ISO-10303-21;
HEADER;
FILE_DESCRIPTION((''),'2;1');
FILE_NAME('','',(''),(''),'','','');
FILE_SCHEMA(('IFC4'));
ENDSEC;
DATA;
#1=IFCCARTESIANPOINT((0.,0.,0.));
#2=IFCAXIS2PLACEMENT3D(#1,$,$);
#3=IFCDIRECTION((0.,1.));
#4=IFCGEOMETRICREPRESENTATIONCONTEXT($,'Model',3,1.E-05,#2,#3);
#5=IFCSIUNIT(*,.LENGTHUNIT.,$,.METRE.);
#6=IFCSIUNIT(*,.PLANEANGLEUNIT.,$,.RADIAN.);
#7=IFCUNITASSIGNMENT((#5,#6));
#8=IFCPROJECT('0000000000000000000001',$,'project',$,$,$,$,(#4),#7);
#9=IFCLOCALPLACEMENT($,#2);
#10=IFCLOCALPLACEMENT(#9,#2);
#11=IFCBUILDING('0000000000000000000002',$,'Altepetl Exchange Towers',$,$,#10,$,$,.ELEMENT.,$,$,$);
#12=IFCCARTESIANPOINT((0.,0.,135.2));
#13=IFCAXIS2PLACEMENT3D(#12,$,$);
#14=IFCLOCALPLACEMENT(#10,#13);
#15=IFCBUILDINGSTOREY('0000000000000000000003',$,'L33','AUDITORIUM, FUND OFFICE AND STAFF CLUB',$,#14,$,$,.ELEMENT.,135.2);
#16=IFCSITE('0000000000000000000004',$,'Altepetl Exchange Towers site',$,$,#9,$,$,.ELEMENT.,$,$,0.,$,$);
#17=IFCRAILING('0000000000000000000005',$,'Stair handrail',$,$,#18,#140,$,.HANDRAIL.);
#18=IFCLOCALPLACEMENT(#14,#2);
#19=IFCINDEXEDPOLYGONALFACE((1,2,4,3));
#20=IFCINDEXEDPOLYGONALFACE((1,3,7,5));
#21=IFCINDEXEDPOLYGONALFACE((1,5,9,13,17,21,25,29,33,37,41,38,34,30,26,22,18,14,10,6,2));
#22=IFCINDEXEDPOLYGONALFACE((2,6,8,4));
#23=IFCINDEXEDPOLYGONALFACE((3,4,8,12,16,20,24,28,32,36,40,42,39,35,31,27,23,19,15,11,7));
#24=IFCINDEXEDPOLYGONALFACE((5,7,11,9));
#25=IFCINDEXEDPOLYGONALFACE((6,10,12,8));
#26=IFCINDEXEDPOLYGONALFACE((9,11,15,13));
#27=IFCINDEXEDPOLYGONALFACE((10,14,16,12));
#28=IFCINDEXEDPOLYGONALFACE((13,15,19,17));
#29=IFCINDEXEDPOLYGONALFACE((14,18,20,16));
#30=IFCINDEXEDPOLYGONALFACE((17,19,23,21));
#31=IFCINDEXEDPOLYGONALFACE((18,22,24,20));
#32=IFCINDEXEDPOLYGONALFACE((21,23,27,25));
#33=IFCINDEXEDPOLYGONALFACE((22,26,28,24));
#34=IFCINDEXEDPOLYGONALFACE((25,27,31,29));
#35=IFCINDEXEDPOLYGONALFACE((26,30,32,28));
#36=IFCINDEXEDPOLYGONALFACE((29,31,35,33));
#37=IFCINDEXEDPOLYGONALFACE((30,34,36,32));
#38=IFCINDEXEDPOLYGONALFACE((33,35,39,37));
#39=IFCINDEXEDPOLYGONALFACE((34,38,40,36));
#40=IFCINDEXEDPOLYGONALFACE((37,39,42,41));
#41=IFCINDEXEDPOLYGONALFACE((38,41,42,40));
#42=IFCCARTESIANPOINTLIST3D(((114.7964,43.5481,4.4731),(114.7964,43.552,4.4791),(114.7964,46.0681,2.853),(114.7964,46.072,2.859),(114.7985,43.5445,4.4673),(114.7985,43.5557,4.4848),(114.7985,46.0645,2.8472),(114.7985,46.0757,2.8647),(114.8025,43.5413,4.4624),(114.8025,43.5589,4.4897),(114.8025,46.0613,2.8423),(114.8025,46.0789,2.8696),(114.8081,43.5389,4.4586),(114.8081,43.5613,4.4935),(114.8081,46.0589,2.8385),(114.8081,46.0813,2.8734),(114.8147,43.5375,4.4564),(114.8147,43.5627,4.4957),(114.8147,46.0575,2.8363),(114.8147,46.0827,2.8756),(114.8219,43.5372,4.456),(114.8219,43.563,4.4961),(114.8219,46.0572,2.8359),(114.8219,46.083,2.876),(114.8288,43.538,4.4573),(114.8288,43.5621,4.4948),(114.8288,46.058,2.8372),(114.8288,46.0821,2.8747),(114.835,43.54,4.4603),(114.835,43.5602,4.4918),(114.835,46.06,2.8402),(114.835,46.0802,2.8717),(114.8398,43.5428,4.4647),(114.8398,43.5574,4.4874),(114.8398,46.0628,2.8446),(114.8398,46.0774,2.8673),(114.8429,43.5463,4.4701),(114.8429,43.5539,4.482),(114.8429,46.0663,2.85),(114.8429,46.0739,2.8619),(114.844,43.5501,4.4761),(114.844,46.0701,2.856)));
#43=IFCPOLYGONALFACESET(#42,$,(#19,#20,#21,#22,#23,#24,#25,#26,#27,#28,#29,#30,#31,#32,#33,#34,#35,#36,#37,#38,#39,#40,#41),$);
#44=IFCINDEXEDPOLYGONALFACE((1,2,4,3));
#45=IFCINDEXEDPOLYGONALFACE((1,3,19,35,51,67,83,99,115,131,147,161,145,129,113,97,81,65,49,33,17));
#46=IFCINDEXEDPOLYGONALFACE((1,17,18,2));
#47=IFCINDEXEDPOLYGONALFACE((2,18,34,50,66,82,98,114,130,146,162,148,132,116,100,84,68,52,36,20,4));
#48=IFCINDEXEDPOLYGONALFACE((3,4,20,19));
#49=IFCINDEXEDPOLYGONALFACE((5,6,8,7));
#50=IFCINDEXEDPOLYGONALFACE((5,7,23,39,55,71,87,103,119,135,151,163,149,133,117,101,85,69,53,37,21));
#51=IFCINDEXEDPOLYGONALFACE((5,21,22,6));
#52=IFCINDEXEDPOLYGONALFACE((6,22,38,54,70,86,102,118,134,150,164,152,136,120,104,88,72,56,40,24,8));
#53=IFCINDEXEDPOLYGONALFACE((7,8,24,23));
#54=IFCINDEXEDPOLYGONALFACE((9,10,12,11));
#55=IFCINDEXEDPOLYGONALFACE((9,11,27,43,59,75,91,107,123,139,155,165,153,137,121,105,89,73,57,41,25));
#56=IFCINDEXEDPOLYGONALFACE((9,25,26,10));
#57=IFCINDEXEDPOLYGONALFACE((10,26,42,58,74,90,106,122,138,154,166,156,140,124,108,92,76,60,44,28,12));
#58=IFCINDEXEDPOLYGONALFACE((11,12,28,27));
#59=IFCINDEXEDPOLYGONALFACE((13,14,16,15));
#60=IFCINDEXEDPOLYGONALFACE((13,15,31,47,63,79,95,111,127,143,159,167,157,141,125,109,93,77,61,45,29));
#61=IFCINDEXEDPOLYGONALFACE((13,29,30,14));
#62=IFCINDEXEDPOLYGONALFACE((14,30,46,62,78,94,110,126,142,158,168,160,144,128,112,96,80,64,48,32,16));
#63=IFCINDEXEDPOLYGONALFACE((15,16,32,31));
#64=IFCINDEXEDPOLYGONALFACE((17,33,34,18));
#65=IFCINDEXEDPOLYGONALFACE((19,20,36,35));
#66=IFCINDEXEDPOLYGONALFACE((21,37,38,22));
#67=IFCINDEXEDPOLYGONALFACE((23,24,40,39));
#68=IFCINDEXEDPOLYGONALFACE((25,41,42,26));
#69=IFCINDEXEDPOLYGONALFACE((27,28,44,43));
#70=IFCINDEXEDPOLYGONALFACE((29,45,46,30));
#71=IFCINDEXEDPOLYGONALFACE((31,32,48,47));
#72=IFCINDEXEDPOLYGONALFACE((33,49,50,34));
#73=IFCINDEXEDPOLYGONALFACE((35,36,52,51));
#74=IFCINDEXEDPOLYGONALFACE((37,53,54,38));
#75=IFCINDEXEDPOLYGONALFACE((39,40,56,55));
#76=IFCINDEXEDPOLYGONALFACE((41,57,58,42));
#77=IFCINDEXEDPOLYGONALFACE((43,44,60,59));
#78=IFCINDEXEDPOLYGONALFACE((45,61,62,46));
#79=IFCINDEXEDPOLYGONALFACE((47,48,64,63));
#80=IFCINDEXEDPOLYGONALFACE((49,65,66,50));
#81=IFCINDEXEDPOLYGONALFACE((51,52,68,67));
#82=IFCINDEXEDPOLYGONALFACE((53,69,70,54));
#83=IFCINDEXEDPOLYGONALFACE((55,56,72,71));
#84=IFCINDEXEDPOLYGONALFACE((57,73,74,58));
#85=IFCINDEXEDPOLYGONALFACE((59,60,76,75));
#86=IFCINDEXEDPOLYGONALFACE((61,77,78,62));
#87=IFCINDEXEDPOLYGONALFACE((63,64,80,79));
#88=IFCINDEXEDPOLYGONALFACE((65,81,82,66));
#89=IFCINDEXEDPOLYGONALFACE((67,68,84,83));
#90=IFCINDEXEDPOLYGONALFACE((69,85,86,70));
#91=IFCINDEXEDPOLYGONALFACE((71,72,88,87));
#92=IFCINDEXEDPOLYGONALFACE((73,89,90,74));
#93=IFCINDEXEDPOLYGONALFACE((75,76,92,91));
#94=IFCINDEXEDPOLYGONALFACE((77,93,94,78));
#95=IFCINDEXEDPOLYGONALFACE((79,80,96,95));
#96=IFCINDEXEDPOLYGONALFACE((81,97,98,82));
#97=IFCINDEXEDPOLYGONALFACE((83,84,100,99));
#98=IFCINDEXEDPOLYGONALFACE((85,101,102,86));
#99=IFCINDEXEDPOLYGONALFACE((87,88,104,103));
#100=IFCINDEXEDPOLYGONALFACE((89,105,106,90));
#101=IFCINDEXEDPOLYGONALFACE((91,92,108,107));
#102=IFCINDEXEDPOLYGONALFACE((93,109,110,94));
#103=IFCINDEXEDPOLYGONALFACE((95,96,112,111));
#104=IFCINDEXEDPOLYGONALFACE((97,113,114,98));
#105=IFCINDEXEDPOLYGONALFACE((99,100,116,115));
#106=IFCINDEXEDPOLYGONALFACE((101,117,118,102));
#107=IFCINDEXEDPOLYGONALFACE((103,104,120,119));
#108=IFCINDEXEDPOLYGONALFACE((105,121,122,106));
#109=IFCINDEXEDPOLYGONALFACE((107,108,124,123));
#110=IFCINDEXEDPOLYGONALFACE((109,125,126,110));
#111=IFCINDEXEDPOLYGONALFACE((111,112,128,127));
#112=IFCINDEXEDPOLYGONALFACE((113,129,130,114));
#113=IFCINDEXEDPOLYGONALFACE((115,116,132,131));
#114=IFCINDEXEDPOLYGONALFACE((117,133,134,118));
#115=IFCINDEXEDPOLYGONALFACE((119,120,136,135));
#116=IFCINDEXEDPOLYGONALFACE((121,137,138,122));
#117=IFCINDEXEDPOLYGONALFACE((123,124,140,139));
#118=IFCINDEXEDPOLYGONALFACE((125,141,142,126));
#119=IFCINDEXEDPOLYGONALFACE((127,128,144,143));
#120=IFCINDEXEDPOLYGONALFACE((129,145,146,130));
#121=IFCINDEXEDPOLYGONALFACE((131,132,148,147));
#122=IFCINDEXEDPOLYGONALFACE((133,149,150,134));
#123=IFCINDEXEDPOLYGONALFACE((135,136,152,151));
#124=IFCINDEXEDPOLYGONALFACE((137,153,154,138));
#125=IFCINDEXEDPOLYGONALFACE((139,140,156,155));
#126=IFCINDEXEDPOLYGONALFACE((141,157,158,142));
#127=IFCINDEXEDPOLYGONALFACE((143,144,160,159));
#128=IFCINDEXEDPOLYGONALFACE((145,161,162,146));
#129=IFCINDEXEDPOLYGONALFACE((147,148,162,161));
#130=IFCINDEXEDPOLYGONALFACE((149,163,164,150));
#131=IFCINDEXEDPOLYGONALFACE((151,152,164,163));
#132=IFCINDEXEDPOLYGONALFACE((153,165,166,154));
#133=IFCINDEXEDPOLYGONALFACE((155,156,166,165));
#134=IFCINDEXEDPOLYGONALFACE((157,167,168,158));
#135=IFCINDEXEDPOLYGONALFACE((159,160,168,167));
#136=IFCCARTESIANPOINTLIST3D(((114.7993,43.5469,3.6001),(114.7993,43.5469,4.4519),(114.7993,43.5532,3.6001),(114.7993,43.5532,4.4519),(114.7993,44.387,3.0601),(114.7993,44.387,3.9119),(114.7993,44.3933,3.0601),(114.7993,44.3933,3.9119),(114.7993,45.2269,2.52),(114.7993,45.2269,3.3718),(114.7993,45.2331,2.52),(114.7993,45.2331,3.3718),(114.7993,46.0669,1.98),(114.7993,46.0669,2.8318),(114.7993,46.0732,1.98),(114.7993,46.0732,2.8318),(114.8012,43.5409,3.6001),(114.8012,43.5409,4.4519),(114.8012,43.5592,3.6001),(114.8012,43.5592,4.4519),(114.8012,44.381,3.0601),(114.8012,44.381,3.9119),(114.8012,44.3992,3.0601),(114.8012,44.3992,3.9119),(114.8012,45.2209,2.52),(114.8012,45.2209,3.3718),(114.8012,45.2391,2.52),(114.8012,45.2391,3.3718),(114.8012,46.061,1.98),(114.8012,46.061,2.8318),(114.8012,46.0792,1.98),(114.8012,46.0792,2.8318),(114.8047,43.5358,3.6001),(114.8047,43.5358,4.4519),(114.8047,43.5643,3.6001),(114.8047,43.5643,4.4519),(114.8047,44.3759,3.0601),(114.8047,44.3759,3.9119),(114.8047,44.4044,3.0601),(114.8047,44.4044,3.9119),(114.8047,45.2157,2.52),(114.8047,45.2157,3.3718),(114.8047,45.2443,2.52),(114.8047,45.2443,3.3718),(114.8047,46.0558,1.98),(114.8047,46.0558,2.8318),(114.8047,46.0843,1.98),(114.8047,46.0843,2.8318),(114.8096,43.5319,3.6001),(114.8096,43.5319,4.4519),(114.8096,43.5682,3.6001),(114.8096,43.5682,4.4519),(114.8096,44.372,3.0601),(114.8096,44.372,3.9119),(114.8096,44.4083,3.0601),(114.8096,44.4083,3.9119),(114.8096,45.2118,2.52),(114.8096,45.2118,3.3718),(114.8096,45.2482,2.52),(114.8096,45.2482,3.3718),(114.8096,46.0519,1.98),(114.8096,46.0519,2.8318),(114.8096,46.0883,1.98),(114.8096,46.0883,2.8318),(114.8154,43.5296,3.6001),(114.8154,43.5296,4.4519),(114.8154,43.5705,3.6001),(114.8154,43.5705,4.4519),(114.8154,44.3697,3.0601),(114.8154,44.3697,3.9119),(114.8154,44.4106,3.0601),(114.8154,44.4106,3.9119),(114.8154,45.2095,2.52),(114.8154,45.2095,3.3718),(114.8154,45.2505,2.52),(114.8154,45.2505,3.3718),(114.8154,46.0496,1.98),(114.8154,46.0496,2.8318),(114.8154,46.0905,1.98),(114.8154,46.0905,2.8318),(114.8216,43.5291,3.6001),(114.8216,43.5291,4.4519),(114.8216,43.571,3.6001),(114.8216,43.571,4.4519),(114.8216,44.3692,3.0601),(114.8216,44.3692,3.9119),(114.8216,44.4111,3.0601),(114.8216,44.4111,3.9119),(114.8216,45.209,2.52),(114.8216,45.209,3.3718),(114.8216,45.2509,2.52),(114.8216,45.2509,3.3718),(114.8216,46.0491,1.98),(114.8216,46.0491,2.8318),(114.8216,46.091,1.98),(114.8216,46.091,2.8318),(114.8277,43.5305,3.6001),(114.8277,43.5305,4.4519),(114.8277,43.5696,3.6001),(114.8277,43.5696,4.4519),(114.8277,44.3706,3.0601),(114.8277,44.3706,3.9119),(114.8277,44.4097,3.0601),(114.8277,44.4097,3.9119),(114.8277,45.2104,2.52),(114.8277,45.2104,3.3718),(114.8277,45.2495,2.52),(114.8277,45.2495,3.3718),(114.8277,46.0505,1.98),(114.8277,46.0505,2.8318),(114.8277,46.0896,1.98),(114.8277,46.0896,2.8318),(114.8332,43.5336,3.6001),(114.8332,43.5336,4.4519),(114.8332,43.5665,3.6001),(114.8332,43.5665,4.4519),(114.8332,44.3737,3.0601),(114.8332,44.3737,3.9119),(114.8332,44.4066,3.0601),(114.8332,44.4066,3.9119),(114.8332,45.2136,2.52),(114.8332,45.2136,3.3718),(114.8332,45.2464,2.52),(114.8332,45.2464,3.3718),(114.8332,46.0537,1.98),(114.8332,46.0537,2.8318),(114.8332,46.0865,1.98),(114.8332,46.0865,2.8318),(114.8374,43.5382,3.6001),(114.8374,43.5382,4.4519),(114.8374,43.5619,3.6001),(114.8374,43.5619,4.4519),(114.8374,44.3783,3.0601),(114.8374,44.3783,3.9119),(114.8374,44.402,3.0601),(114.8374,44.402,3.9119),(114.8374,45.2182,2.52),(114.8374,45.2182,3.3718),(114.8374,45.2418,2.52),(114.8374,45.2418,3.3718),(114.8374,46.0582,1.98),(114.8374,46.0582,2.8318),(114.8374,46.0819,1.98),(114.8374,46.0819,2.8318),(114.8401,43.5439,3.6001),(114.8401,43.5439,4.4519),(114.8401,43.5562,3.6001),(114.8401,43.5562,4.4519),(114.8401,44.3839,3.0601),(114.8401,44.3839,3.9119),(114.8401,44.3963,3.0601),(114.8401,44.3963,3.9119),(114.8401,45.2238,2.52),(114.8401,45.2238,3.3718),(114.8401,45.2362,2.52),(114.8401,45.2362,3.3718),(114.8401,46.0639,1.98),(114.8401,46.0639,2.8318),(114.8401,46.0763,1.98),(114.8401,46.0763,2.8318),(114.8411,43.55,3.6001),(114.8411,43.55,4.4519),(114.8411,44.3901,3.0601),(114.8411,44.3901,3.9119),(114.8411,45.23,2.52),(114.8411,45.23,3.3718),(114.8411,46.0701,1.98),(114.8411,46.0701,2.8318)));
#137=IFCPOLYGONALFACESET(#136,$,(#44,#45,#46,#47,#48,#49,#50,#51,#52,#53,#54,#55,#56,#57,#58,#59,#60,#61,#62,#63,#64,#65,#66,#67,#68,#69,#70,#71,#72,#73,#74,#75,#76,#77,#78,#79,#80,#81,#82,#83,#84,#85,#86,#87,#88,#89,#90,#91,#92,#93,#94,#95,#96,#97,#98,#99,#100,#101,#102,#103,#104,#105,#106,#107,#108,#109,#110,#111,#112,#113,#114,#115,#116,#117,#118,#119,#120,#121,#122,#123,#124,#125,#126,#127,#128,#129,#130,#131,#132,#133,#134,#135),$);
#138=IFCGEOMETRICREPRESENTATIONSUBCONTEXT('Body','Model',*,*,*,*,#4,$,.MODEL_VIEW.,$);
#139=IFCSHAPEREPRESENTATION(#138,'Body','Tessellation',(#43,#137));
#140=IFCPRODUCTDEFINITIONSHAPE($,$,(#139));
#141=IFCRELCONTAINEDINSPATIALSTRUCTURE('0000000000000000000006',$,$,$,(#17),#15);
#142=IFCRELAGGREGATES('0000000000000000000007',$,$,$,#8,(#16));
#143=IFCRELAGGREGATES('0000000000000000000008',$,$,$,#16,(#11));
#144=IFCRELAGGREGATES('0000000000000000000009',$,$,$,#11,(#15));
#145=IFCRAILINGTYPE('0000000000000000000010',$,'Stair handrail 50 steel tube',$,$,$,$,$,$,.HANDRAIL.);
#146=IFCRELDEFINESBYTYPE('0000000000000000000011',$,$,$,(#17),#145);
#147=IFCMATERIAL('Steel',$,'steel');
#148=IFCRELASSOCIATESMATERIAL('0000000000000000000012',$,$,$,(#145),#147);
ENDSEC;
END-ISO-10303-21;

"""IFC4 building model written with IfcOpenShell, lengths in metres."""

from ifc_helpers import new_model, si_unit, direction, frame, origin, origin_2d, place, context, subcontext, project, spatial, circle, extrude, source, transform, mapped, material, type_object, element, save


model = new_model("IFC4")

# Units and contexts
model_context = context("Model", 3, precision=1e-05, world=origin(), true_north=direction((0.0, 1.0)))
body_context = subcontext(model_context, "Body", "Model", "MODEL_VIEW")
ifc_project = project(units=[si_unit("LENGTHUNIT", "METRE"), si_unit("PLANEANGLEUNIT", "RADIAN")], contexts=[model_context])

# Site, building, storey
site_placement = place(None, origin())
site = spatial("IfcSite", under=ifc_project, at=site_placement, Name="Altepetl Exchange Towers site", CompositionType="ELEMENT", RefElevation=0.0)
building_placement = place(site_placement, origin())
building = spatial("IfcBuilding", under=site, at=building_placement, Name="Altepetl Exchange Towers", CompositionType="ELEMENT")
storey_placement = place(building_placement, frame((0.0, 0.0, 135.2)))
storey = spatial("IfcBuildingStorey", under=building, at=storey_placement, Name="L33", Description="AUDITORIUM, FUND OFFICE AND STAFF CLUB", CompositionType="ELEMENT", Elevation=135.2)

# Railing
ifc_material_1 = material(Name="Steel", Category="steel")
railing_type = type_object("IfcRailingType", Name="Stair handrail 50 steel tube", PredefinedType="HANDRAIL", material=ifc_material_1)
shared_shape = source(origin(), body_context, "Body", "SweptSolid", [
    extrude(circle(Radius=0.021, at=origin_2d()), origin(), (0.0, 0.0, 1.0), 0.8518),
])
railing_1_placement = place(storey_placement, frame((114.8201, 46.0701, 1.98)))
element("IfcRailing", 1, at=railing_1_placement, inside=storey, type_object=railing_type, Name="Stair handrail", PredefinedType="HANDRAIL", context=body_context, shape_type="SweptSolid", body=[
    extrude(circle(Radius=0.0239, at=origin_2d()), frame((0.0, 0.0, 0.876), z_axis=(0.0, -0.841163, 0.540782), x_axis=(1.0, 0.0, 0.0)), (0.0, 0.0, 1.0), 2.9958),
    mapped(shared_shape, transform((0.0, 0.0, 0.0))),
    mapped(shared_shape, transform((0.0, -0.8401, 0.54))),
    mapped(shared_shape, transform((0.0, -1.6799, 1.0801))),
    mapped(shared_shape, transform((0.0, -2.52, 1.6201))),
])

save(model, "model.ifc")
